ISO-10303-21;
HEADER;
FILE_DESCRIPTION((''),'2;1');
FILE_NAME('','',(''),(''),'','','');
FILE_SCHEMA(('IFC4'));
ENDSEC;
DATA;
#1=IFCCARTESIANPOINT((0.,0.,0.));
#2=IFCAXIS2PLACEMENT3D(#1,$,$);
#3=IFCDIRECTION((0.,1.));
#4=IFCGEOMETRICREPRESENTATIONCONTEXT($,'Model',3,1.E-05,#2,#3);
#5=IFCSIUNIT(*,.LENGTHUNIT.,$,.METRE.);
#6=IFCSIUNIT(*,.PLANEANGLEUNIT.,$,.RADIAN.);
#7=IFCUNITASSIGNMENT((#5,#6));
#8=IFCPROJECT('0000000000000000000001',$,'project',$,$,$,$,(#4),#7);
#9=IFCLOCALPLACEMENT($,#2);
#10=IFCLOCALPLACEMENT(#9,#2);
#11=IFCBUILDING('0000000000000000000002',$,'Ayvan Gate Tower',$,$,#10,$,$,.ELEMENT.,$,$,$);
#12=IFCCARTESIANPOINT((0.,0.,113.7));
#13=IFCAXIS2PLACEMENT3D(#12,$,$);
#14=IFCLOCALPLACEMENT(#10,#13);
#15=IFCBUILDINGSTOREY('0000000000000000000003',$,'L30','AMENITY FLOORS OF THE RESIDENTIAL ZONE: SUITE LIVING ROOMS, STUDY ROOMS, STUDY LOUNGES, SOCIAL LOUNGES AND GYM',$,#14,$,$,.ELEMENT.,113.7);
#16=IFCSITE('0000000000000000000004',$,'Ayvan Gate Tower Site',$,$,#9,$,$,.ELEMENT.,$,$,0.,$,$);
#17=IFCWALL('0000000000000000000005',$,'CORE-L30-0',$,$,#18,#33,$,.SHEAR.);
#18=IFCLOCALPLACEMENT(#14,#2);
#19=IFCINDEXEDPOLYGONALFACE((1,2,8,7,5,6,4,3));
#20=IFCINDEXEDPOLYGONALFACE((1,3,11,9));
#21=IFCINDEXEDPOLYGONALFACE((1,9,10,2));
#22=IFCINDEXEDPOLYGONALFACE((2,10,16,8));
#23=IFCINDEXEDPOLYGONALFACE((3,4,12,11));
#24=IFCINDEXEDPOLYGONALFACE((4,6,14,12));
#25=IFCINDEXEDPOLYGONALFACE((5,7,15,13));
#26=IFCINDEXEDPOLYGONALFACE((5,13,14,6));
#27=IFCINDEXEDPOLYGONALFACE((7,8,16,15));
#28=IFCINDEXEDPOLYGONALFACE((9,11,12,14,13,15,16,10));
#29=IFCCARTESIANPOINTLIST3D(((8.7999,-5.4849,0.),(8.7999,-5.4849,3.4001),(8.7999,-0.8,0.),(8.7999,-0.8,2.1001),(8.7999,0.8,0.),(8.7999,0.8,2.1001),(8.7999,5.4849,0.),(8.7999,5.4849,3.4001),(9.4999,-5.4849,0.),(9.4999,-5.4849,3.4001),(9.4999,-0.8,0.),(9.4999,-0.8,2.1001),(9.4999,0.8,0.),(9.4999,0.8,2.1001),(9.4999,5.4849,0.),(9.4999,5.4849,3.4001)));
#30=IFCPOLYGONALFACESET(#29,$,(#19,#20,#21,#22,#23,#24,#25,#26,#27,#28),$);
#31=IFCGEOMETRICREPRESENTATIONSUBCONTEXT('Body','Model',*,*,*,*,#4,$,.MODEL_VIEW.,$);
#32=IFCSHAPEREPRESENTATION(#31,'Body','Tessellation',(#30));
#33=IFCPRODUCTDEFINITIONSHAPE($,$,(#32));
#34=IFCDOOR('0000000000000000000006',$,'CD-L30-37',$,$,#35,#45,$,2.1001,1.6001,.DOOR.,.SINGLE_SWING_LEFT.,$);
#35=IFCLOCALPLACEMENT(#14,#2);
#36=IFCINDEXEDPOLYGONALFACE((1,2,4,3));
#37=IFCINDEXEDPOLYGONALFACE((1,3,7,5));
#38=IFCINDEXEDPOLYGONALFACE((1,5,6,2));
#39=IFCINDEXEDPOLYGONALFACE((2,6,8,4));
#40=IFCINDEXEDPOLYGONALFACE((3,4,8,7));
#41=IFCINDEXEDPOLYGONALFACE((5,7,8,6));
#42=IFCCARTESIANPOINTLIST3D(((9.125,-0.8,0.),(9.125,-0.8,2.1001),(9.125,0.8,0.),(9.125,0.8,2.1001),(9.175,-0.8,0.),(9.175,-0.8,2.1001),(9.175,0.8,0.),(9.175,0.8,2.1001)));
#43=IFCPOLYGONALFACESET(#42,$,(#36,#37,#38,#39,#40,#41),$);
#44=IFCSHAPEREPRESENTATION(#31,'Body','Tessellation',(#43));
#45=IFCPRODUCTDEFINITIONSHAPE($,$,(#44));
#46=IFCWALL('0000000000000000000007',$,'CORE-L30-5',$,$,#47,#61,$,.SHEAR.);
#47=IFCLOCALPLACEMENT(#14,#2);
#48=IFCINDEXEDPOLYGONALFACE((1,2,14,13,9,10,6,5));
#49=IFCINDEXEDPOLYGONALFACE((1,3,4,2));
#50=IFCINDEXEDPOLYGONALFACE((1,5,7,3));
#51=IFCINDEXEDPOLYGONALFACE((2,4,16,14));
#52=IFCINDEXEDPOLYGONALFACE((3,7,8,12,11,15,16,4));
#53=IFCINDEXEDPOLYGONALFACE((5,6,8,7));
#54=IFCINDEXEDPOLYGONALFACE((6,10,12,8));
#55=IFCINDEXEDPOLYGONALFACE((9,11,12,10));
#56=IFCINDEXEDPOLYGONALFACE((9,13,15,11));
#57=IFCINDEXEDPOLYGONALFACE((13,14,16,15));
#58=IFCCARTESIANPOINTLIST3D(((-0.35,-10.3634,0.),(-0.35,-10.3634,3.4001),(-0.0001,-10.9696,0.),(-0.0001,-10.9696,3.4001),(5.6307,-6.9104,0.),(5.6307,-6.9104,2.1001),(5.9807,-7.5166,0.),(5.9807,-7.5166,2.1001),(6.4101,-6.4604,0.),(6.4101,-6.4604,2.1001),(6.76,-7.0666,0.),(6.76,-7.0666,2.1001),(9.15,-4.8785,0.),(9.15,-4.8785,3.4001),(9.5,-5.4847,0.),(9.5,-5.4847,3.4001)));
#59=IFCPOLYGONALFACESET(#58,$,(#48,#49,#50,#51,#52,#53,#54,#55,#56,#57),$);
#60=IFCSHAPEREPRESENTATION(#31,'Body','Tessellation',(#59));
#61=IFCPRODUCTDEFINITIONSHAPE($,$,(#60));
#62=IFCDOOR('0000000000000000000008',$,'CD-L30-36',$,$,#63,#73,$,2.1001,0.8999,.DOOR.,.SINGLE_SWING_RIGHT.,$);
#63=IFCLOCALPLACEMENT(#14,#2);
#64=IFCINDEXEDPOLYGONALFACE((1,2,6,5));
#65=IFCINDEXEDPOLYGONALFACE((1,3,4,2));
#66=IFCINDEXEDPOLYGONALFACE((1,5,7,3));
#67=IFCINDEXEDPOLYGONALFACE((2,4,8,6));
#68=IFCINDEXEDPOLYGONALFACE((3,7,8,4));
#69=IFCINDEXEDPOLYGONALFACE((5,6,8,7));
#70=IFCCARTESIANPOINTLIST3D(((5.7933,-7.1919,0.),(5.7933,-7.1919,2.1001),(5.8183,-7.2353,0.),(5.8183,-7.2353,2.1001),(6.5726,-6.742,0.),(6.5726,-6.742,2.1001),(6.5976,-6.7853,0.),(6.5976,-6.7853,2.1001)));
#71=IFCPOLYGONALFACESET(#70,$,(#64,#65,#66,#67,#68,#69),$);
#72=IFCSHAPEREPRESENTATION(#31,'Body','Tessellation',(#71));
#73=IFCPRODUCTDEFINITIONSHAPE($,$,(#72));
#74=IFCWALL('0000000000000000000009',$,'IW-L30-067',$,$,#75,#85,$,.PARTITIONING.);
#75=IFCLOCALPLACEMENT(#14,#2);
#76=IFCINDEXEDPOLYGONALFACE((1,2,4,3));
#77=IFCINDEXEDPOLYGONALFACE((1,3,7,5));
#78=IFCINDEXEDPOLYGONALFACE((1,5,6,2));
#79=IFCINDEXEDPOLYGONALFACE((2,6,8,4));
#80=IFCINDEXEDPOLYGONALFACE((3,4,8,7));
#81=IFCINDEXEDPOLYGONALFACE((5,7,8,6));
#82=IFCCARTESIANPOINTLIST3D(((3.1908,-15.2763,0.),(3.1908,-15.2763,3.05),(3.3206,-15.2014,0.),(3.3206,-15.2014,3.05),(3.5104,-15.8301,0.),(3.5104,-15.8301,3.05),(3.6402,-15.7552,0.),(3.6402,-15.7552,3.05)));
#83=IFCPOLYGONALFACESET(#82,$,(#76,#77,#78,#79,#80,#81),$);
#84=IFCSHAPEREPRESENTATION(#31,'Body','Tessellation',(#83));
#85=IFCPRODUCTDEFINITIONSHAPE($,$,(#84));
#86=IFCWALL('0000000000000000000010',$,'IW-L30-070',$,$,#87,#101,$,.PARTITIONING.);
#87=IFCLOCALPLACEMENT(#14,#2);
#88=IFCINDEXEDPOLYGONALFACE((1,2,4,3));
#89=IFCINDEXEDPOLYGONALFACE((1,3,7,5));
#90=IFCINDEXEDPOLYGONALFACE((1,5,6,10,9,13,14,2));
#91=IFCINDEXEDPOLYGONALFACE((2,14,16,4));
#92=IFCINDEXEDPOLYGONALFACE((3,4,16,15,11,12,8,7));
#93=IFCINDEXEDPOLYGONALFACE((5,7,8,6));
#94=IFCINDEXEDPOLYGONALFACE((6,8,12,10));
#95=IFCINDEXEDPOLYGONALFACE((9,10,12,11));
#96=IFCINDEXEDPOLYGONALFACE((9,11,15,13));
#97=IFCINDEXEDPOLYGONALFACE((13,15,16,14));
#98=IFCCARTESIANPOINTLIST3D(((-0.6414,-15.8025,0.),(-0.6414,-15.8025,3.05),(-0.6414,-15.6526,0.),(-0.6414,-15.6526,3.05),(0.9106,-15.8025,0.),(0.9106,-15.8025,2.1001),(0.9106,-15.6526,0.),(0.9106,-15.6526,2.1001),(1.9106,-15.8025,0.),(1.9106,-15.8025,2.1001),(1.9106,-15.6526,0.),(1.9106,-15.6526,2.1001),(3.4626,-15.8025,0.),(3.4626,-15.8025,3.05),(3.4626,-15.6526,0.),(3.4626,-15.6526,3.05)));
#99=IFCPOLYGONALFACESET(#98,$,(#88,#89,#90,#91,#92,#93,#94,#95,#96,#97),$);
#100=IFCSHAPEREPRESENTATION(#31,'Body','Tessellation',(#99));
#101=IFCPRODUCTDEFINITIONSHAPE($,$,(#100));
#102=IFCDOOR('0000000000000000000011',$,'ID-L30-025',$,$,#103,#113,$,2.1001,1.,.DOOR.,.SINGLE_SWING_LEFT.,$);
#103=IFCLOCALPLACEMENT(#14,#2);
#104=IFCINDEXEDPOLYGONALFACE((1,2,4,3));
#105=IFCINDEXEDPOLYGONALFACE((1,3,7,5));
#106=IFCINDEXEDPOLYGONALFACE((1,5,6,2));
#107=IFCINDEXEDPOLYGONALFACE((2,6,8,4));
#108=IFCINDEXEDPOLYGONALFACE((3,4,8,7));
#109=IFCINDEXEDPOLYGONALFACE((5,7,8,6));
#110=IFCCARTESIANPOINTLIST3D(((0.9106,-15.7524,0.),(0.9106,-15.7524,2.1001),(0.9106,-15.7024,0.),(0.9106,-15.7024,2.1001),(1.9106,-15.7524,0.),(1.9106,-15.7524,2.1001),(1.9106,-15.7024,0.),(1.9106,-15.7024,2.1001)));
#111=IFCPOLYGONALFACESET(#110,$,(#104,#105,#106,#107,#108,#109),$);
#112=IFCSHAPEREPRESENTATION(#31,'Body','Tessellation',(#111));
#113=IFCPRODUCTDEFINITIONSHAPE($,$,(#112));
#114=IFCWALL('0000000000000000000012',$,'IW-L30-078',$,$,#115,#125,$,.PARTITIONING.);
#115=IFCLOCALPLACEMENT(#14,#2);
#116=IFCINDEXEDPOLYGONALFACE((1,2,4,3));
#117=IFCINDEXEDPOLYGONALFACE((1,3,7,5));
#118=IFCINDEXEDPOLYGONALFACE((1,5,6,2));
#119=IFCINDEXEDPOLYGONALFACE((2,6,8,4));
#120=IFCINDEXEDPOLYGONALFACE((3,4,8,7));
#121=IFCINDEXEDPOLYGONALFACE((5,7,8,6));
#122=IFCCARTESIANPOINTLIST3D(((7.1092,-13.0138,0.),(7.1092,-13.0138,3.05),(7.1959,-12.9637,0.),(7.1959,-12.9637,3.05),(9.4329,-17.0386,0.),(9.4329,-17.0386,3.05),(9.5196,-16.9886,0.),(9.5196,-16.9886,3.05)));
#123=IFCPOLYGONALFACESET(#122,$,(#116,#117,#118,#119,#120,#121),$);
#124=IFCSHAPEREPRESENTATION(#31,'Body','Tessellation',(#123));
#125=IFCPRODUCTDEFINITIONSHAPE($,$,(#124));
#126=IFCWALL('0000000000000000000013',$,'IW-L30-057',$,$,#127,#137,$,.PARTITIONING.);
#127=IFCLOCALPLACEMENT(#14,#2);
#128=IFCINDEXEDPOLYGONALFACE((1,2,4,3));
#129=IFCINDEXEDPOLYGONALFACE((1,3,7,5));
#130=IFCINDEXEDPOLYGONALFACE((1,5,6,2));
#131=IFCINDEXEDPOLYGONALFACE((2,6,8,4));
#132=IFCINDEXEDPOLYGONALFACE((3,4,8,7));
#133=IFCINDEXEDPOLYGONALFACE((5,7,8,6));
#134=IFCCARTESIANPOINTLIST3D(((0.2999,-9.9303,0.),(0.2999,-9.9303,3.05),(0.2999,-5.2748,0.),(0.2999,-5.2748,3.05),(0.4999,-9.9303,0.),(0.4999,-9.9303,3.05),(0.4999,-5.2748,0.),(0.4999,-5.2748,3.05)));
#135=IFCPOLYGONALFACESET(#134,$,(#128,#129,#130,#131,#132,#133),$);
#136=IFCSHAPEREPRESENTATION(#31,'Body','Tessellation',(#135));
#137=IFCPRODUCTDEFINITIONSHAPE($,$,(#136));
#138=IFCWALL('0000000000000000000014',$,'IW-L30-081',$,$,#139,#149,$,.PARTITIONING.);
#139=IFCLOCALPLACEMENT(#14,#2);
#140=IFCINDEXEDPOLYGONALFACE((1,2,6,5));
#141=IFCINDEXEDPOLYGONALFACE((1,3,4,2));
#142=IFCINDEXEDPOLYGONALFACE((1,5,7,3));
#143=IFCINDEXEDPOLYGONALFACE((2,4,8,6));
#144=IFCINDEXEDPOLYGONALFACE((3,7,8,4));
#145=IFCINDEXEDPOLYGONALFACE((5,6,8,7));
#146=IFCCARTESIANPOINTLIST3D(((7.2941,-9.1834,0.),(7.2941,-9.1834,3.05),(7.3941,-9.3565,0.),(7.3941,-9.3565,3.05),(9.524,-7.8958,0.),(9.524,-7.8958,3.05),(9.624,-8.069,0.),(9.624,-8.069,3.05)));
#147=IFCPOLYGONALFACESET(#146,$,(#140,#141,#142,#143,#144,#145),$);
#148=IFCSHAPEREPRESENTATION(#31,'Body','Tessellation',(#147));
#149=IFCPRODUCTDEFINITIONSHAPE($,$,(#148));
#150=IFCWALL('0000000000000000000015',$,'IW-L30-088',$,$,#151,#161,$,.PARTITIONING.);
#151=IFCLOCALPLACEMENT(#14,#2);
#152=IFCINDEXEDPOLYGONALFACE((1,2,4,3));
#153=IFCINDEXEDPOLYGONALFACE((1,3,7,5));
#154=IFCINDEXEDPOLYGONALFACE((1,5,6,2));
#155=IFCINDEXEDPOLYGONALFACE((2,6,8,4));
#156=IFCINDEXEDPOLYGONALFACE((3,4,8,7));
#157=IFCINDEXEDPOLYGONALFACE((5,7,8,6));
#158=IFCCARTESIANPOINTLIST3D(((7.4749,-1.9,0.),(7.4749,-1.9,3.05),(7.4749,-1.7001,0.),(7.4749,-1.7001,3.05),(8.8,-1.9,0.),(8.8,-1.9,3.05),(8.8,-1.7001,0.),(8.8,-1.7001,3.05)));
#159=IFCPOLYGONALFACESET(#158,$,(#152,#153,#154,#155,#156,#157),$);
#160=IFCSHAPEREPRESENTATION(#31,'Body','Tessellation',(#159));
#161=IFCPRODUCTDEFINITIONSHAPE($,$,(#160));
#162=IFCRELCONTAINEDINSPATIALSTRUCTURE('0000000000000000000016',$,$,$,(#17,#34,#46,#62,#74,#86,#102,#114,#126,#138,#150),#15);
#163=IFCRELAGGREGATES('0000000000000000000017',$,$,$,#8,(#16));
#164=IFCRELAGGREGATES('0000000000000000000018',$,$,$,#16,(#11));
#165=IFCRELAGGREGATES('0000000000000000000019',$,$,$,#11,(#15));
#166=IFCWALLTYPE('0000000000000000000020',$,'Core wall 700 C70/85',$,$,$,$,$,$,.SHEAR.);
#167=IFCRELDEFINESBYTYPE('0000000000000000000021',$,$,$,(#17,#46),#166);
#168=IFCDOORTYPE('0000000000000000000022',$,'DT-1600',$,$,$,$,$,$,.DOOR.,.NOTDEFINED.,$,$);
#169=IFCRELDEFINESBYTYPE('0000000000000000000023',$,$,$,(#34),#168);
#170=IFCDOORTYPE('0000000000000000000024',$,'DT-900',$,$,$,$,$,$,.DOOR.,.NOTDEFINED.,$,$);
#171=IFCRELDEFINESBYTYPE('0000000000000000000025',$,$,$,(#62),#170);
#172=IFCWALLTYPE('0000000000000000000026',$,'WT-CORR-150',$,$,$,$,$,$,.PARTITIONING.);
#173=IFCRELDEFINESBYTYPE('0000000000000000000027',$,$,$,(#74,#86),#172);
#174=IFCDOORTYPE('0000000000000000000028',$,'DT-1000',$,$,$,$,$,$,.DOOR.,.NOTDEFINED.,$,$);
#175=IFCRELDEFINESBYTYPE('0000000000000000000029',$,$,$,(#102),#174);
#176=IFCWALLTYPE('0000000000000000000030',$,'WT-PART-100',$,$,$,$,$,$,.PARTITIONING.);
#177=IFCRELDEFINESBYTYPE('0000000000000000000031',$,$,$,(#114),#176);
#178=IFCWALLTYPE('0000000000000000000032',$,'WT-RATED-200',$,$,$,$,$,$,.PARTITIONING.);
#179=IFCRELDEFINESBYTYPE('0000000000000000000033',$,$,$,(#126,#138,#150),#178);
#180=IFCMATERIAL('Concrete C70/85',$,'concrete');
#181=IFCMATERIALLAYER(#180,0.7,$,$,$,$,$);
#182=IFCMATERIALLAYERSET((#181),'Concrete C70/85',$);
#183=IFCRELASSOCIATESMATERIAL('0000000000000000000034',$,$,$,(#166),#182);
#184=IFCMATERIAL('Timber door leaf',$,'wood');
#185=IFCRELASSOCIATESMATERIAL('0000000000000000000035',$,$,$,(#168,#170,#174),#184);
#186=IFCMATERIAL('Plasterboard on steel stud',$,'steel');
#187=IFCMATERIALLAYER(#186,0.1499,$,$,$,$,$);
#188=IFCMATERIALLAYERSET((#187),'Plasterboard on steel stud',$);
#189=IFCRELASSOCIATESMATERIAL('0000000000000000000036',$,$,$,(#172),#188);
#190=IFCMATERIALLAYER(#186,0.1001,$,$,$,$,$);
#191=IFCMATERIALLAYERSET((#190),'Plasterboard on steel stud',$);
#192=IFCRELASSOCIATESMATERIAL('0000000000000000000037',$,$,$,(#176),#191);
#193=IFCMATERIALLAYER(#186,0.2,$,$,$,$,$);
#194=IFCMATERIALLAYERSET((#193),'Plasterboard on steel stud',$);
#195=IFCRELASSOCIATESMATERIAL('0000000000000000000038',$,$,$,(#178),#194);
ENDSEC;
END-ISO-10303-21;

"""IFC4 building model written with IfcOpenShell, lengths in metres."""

from ifc_helpers import new_model, si_unit, direction, frame, frame_2d, origin, place, context, subcontext, project, spatial, rectangle, extrude, material, layer, layer_set, type_object, element, fill, save


model = new_model("IFC4")

# Units and contexts
model_context = context("Model", 3, precision=1e-05, world=origin(), true_north=direction((0.0, 1.0)))
body_context = subcontext(model_context, "Body", "Model", "MODEL_VIEW")
ifc_project = project(units=[si_unit("LENGTHUNIT", "METRE"), si_unit("PLANEANGLEUNIT", "RADIAN")], contexts=[model_context])

# Site, building, storey
site_placement = place(None, origin())
site = spatial("IfcSite", under=ifc_project, at=site_placement, Name="Ayvan Gate Tower Site", CompositionType="ELEMENT", RefElevation=0.0)
building_placement = place(site_placement, origin())
building = spatial("IfcBuilding", under=site, at=building_placement, Name="Ayvan Gate Tower", CompositionType="ELEMENT")
storey_placement = place(building_placement, frame((0.0, 0.0, 113.7)))
storey = spatial("IfcBuildingStorey", under=building, at=storey_placement, Name="L30", Description="AMENITY FLOORS OF THE RESIDENTIAL ZONE: SUITE LIVING ROOMS, STUDY ROOMS, STUDY LOUNGES, SOCIAL LOUNGES AND GYM", CompositionType="ELEMENT", Elevation=113.7)

# Walls, openings, doors
ifc_material_1 = material(Name="Concrete C70/85", Category="concrete")
ifc_layer_1 = layer(ifc_material_1, 0.7)
ifc_layer_set_1 = layer_set([ifc_layer_1], Name="Concrete C70/85")
wall_type_1 = type_object("IfcWallType", Name="Core wall 700 C70/85", PredefinedType="SHEAR", material=ifc_layer_set_1)
wall_1_placement = place(storey_placement, frame((9.1499, -5.4849, 0.0), z_axis=(0.0, 0.0, 1.0), x_axis=(0.0, 1.0, 0.0)))
wall_1 = element("IfcWall", 1, at=wall_1_placement, inside=storey, type_object=wall_type_1, Name="CORE-L30-0", PredefinedType="SHEAR", context=body_context, shape_type="SweptSolid", body=[
    extrude(rectangle(XDim=10.9697, YDim=0.7, at=frame_2d((5.4849, 0.0))), origin(), (0.0, 0.0, 1.0), 3.4001),
])
opening_1_placement = place(wall_1_placement, frame((4.6848, 0.0, 0.0)))
opening_1 = element("IfcOpeningElement", 2, at=opening_1_placement, cuts=wall_1, PredefinedType="OPENING", context=body_context, shape_type="SweptSolid", body=[
    extrude(rectangle(XDim=1.6001, YDim=2.1001, at=frame_2d((0.8, 1.05))), frame((0.0, 0.3599, 0.0), z_axis=(0.0, -1.0, 0.0), x_axis=(1.0, 0.0, 0.0)), (0.0, 0.0, 1.0), 0.72),
])
ifc_material_2 = material(Name="Timber door leaf", Category="wood")
door_type_1 = type_object("IfcDoorType", Name="DT-1600", OperationType="NOTDEFINED", PredefinedType="DOOR", material=ifc_material_2)
door_1_placement = place(opening_1_placement, origin())
door_1 = element("IfcDoor", 3, at=door_1_placement, inside=storey, type_object=door_type_1, Name="CD-L30-37", OperationType="SINGLE_SWING_LEFT", OverallHeight=2.1001, OverallWidth=1.6001, PredefinedType="DOOR", context=body_context, shape_type="SweptSolid", body=[
    extrude(rectangle(XDim=1.6001, YDim=2.1001, at=frame_2d((0.8, 1.05))), frame((0.0, 0.0249, 0.0), z_axis=(0.0, -1.0, 0.0), x_axis=(1.0, 0.0, 0.0)), (0.0, 0.0, 1.0), 0.05),
])
fill(opening_1, door_1)
wall_2_placement = place(storey_placement, frame((-0.175, -10.6665, 0.0), z_axis=(0.0, 0.0, 1.0), x_axis=(0.866024, 0.500002, 0.0)))
wall_2 = element("IfcWall", 4, at=wall_2_placement, inside=storey, type_object=wall_type_1, Name="CORE-L30-5", PredefinedType="SHEAR", context=body_context, shape_type="SweptSolid", body=[
    extrude(rectangle(XDim=10.9697, YDim=0.7, at=frame_2d((5.4849, 0.0))), origin(), (0.0, 0.0, 1.0), 3.4001),
])
opening_2_placement = place(wall_2_placement, frame((6.906, 0.0, 0.0)))
opening_2 = element("IfcOpeningElement", 5, at=opening_2_placement, cuts=wall_2, PredefinedType="OPENING", context=body_context, shape_type="SweptSolid", body=[
    extrude(rectangle(XDim=0.8999, YDim=2.1001, at=frame_2d((0.45, 1.05))), frame((0.0, 0.3599, 0.0), z_axis=(0.0, -1.0, 0.0), x_axis=(1.0, 0.0, 0.0)), (0.0, 0.0, 1.0), 0.72),
])
door_type_2 = type_object("IfcDoorType", Name="DT-900", OperationType="NOTDEFINED", PredefinedType="DOOR", material=ifc_material_2)
door_2_placement = place(opening_2_placement, origin())
door_2 = element("IfcDoor", 6, at=door_2_placement, inside=storey, type_object=door_type_2, Name="CD-L30-36", OperationType="SINGLE_SWING_RIGHT", OverallHeight=2.1001, OverallWidth=0.8999, PredefinedType="DOOR", context=body_context, shape_type="SweptSolid", body=[
    extrude(rectangle(XDim=0.8999, YDim=2.1001, at=frame_2d((0.45, 1.05))), frame((0.0, 0.0249, 0.0), z_axis=(0.0, -1.0, 0.0), x_axis=(1.0, 0.0, 0.0)), (0.0, 0.0, 1.0), 0.05),
])
fill(opening_2, door_2)

# Wall
ifc_material_3 = material(Name="Plasterboard on steel stud", Category="steel")
ifc_layer_2 = layer(ifc_material_3, 0.1499)
ifc_layer_set_2 = layer_set([ifc_layer_2], Name="Plasterboard on steel stud")
wall_type_2 = type_object("IfcWallType", Name="WT-CORR-150", PredefinedType="PARTITIONING", material=ifc_layer_set_2)
wall_3_placement = place(storey_placement, frame((3.2556, -15.2388, 0.0), z_axis=(0.0, 0.0, 1.0), x_axis=(0.499877, -0.866097, 0.0)))
element("IfcWall", 7, at=wall_3_placement, inside=storey, type_object=wall_type_2, Name="IW-L30-067", PredefinedType="PARTITIONING", context=body_context, shape_type="SweptSolid", body=[
    extrude(rectangle(XDim=0.6394, YDim=0.1499, at=frame_2d((0.3198, 0.0))), origin(), (0.0, 0.0, 1.0), 3.05),
])

# Wall, opening, door
wall_4_placement = place(storey_placement, frame((3.4626, -15.7275, 0.0), z_axis=(0.0, 0.0, 1.0), x_axis=(-1.0, 0.0, 0.0)))
wall_4 = element("IfcWall", 8, at=wall_4_placement, inside=storey, type_object=wall_type_2, Name="IW-L30-070", PredefinedType="PARTITIONING", context=body_context, shape_type="SweptSolid", body=[
    extrude(rectangle(XDim=4.104, YDim=0.1499, at=frame_2d((2.052, 0.0))), origin(), (0.0, 0.0, 1.0), 3.05),
])
opening_3_placement = place(wall_4_placement, frame((1.552, 0.0, 0.0)))
opening_3 = element("IfcOpeningElement", 9, at=opening_3_placement, cuts=wall_4, PredefinedType="OPENING", context=body_context, shape_type="SweptSolid", body=[
    extrude(rectangle(XDim=1.0, YDim=2.1001, at=frame_2d((0.5, 1.05))), frame((0.0, 0.085, 0.0), z_axis=(0.0, -1.0, 0.0), x_axis=(1.0, 0.0, 0.0)), (0.0, 0.0, 1.0), 0.1699),
])
door_type_3 = type_object("IfcDoorType", Name="DT-1000", OperationType="NOTDEFINED", PredefinedType="DOOR", material=ifc_material_2)
door_3_placement = place(opening_3_placement, origin())
door_3 = element("IfcDoor", 10, at=door_3_placement, inside=storey, type_object=door_type_3, Name="ID-L30-025", OperationType="SINGLE_SWING_LEFT", OverallHeight=2.1001, OverallWidth=1.0, PredefinedType="DOOR", context=body_context, shape_type="SweptSolid", body=[
    extrude(rectangle(XDim=1.0, YDim=2.1001, at=frame_2d((0.5, 1.05))), frame((0.0, 0.0249, 0.0), z_axis=(0.0, -1.0, 0.0), x_axis=(1.0, 0.0, 0.0)), (0.0, 0.0, 1.0), 0.05),
])
fill(opening_3, door_3)

# Walls
ifc_layer_3 = layer(ifc_material_3, 0.1001)
ifc_layer_set_3 = layer_set([ifc_layer_3], Name="Plasterboard on steel stud")
wall_type_3 = type_object("IfcWallType", Name="WT-PART-100", PredefinedType="PARTITIONING", material=ifc_layer_set_3)
wall_5_placement = place(storey_placement, frame((7.1526, -12.9888, 0.0), z_axis=(0.0, 0.0, 1.0), x_axis=(0.499992, -0.86603, 0.0)))
element("IfcWall", 11, at=wall_5_placement, inside=storey, type_object=wall_type_3, Name="IW-L30-078", PredefinedType="PARTITIONING", context=body_context, shape_type="SweptSolid", body=[
    extrude(rectangle(XDim=4.6475, YDim=0.1001, at=frame_2d((2.3237, 0.0))), origin(), (0.0, 0.0, 1.0), 3.05),
])
ifc_layer_4 = layer(ifc_material_3, 0.2)
ifc_layer_set_4 = layer_set([ifc_layer_4], Name="Plasterboard on steel stud")
wall_type_4 = type_object("IfcWallType", Name="WT-RATED-200", PredefinedType="PARTITIONING", material=ifc_layer_set_4)
wall_6_placement = place(storey_placement, frame((0.3999, -5.2749, 0.0), z_axis=(0.0, 0.0, 1.0), x_axis=(0.0, -1.0, 0.0)))
element("IfcWall", 12, at=wall_6_placement, inside=storey, type_object=wall_type_4, Name="IW-L30-057", PredefinedType="PARTITIONING", context=body_context, shape_type="SweptSolid", body=[
    extrude(rectangle(XDim=4.6555, YDim=0.2, at=frame_2d((2.3276, 0.0))), origin(), (0.0, 0.0, 1.0), 3.05),
])
wall_7_placement = place(storey_placement, frame((7.344, -9.27, 0.0), z_axis=(0.0, 0.0, 1.0), x_axis=(0.866006, 0.500034, 0.0)))
element("IfcWall", 13, at=wall_7_placement, inside=storey, type_object=wall_type_4, Name="IW-L30-081", PredefinedType="PARTITIONING", context=body_context, shape_type="SweptSolid", body=[
    extrude(rectangle(XDim=2.575, YDim=0.2, at=frame_2d((1.2876, 0.0))), origin(), (0.0, 0.0, 1.0), 3.05),
])
wall_8_placement = place(storey_placement, frame((8.8, -1.8, 0.0), z_axis=(0.0, 0.0, 1.0), x_axis=(-1.0, 0.0, 0.0)))
element("IfcWall", 14, at=wall_8_placement, inside=storey, type_object=wall_type_4, Name="IW-L30-088", PredefinedType="PARTITIONING", context=body_context, shape_type="SweptSolid", body=[
    extrude(rectangle(XDim=1.3252, YDim=0.2, at=frame_2d((0.6626, 0.0))), origin(), (0.0, 0.0, 1.0), 3.05),
])

save(model, "model.ifc")
